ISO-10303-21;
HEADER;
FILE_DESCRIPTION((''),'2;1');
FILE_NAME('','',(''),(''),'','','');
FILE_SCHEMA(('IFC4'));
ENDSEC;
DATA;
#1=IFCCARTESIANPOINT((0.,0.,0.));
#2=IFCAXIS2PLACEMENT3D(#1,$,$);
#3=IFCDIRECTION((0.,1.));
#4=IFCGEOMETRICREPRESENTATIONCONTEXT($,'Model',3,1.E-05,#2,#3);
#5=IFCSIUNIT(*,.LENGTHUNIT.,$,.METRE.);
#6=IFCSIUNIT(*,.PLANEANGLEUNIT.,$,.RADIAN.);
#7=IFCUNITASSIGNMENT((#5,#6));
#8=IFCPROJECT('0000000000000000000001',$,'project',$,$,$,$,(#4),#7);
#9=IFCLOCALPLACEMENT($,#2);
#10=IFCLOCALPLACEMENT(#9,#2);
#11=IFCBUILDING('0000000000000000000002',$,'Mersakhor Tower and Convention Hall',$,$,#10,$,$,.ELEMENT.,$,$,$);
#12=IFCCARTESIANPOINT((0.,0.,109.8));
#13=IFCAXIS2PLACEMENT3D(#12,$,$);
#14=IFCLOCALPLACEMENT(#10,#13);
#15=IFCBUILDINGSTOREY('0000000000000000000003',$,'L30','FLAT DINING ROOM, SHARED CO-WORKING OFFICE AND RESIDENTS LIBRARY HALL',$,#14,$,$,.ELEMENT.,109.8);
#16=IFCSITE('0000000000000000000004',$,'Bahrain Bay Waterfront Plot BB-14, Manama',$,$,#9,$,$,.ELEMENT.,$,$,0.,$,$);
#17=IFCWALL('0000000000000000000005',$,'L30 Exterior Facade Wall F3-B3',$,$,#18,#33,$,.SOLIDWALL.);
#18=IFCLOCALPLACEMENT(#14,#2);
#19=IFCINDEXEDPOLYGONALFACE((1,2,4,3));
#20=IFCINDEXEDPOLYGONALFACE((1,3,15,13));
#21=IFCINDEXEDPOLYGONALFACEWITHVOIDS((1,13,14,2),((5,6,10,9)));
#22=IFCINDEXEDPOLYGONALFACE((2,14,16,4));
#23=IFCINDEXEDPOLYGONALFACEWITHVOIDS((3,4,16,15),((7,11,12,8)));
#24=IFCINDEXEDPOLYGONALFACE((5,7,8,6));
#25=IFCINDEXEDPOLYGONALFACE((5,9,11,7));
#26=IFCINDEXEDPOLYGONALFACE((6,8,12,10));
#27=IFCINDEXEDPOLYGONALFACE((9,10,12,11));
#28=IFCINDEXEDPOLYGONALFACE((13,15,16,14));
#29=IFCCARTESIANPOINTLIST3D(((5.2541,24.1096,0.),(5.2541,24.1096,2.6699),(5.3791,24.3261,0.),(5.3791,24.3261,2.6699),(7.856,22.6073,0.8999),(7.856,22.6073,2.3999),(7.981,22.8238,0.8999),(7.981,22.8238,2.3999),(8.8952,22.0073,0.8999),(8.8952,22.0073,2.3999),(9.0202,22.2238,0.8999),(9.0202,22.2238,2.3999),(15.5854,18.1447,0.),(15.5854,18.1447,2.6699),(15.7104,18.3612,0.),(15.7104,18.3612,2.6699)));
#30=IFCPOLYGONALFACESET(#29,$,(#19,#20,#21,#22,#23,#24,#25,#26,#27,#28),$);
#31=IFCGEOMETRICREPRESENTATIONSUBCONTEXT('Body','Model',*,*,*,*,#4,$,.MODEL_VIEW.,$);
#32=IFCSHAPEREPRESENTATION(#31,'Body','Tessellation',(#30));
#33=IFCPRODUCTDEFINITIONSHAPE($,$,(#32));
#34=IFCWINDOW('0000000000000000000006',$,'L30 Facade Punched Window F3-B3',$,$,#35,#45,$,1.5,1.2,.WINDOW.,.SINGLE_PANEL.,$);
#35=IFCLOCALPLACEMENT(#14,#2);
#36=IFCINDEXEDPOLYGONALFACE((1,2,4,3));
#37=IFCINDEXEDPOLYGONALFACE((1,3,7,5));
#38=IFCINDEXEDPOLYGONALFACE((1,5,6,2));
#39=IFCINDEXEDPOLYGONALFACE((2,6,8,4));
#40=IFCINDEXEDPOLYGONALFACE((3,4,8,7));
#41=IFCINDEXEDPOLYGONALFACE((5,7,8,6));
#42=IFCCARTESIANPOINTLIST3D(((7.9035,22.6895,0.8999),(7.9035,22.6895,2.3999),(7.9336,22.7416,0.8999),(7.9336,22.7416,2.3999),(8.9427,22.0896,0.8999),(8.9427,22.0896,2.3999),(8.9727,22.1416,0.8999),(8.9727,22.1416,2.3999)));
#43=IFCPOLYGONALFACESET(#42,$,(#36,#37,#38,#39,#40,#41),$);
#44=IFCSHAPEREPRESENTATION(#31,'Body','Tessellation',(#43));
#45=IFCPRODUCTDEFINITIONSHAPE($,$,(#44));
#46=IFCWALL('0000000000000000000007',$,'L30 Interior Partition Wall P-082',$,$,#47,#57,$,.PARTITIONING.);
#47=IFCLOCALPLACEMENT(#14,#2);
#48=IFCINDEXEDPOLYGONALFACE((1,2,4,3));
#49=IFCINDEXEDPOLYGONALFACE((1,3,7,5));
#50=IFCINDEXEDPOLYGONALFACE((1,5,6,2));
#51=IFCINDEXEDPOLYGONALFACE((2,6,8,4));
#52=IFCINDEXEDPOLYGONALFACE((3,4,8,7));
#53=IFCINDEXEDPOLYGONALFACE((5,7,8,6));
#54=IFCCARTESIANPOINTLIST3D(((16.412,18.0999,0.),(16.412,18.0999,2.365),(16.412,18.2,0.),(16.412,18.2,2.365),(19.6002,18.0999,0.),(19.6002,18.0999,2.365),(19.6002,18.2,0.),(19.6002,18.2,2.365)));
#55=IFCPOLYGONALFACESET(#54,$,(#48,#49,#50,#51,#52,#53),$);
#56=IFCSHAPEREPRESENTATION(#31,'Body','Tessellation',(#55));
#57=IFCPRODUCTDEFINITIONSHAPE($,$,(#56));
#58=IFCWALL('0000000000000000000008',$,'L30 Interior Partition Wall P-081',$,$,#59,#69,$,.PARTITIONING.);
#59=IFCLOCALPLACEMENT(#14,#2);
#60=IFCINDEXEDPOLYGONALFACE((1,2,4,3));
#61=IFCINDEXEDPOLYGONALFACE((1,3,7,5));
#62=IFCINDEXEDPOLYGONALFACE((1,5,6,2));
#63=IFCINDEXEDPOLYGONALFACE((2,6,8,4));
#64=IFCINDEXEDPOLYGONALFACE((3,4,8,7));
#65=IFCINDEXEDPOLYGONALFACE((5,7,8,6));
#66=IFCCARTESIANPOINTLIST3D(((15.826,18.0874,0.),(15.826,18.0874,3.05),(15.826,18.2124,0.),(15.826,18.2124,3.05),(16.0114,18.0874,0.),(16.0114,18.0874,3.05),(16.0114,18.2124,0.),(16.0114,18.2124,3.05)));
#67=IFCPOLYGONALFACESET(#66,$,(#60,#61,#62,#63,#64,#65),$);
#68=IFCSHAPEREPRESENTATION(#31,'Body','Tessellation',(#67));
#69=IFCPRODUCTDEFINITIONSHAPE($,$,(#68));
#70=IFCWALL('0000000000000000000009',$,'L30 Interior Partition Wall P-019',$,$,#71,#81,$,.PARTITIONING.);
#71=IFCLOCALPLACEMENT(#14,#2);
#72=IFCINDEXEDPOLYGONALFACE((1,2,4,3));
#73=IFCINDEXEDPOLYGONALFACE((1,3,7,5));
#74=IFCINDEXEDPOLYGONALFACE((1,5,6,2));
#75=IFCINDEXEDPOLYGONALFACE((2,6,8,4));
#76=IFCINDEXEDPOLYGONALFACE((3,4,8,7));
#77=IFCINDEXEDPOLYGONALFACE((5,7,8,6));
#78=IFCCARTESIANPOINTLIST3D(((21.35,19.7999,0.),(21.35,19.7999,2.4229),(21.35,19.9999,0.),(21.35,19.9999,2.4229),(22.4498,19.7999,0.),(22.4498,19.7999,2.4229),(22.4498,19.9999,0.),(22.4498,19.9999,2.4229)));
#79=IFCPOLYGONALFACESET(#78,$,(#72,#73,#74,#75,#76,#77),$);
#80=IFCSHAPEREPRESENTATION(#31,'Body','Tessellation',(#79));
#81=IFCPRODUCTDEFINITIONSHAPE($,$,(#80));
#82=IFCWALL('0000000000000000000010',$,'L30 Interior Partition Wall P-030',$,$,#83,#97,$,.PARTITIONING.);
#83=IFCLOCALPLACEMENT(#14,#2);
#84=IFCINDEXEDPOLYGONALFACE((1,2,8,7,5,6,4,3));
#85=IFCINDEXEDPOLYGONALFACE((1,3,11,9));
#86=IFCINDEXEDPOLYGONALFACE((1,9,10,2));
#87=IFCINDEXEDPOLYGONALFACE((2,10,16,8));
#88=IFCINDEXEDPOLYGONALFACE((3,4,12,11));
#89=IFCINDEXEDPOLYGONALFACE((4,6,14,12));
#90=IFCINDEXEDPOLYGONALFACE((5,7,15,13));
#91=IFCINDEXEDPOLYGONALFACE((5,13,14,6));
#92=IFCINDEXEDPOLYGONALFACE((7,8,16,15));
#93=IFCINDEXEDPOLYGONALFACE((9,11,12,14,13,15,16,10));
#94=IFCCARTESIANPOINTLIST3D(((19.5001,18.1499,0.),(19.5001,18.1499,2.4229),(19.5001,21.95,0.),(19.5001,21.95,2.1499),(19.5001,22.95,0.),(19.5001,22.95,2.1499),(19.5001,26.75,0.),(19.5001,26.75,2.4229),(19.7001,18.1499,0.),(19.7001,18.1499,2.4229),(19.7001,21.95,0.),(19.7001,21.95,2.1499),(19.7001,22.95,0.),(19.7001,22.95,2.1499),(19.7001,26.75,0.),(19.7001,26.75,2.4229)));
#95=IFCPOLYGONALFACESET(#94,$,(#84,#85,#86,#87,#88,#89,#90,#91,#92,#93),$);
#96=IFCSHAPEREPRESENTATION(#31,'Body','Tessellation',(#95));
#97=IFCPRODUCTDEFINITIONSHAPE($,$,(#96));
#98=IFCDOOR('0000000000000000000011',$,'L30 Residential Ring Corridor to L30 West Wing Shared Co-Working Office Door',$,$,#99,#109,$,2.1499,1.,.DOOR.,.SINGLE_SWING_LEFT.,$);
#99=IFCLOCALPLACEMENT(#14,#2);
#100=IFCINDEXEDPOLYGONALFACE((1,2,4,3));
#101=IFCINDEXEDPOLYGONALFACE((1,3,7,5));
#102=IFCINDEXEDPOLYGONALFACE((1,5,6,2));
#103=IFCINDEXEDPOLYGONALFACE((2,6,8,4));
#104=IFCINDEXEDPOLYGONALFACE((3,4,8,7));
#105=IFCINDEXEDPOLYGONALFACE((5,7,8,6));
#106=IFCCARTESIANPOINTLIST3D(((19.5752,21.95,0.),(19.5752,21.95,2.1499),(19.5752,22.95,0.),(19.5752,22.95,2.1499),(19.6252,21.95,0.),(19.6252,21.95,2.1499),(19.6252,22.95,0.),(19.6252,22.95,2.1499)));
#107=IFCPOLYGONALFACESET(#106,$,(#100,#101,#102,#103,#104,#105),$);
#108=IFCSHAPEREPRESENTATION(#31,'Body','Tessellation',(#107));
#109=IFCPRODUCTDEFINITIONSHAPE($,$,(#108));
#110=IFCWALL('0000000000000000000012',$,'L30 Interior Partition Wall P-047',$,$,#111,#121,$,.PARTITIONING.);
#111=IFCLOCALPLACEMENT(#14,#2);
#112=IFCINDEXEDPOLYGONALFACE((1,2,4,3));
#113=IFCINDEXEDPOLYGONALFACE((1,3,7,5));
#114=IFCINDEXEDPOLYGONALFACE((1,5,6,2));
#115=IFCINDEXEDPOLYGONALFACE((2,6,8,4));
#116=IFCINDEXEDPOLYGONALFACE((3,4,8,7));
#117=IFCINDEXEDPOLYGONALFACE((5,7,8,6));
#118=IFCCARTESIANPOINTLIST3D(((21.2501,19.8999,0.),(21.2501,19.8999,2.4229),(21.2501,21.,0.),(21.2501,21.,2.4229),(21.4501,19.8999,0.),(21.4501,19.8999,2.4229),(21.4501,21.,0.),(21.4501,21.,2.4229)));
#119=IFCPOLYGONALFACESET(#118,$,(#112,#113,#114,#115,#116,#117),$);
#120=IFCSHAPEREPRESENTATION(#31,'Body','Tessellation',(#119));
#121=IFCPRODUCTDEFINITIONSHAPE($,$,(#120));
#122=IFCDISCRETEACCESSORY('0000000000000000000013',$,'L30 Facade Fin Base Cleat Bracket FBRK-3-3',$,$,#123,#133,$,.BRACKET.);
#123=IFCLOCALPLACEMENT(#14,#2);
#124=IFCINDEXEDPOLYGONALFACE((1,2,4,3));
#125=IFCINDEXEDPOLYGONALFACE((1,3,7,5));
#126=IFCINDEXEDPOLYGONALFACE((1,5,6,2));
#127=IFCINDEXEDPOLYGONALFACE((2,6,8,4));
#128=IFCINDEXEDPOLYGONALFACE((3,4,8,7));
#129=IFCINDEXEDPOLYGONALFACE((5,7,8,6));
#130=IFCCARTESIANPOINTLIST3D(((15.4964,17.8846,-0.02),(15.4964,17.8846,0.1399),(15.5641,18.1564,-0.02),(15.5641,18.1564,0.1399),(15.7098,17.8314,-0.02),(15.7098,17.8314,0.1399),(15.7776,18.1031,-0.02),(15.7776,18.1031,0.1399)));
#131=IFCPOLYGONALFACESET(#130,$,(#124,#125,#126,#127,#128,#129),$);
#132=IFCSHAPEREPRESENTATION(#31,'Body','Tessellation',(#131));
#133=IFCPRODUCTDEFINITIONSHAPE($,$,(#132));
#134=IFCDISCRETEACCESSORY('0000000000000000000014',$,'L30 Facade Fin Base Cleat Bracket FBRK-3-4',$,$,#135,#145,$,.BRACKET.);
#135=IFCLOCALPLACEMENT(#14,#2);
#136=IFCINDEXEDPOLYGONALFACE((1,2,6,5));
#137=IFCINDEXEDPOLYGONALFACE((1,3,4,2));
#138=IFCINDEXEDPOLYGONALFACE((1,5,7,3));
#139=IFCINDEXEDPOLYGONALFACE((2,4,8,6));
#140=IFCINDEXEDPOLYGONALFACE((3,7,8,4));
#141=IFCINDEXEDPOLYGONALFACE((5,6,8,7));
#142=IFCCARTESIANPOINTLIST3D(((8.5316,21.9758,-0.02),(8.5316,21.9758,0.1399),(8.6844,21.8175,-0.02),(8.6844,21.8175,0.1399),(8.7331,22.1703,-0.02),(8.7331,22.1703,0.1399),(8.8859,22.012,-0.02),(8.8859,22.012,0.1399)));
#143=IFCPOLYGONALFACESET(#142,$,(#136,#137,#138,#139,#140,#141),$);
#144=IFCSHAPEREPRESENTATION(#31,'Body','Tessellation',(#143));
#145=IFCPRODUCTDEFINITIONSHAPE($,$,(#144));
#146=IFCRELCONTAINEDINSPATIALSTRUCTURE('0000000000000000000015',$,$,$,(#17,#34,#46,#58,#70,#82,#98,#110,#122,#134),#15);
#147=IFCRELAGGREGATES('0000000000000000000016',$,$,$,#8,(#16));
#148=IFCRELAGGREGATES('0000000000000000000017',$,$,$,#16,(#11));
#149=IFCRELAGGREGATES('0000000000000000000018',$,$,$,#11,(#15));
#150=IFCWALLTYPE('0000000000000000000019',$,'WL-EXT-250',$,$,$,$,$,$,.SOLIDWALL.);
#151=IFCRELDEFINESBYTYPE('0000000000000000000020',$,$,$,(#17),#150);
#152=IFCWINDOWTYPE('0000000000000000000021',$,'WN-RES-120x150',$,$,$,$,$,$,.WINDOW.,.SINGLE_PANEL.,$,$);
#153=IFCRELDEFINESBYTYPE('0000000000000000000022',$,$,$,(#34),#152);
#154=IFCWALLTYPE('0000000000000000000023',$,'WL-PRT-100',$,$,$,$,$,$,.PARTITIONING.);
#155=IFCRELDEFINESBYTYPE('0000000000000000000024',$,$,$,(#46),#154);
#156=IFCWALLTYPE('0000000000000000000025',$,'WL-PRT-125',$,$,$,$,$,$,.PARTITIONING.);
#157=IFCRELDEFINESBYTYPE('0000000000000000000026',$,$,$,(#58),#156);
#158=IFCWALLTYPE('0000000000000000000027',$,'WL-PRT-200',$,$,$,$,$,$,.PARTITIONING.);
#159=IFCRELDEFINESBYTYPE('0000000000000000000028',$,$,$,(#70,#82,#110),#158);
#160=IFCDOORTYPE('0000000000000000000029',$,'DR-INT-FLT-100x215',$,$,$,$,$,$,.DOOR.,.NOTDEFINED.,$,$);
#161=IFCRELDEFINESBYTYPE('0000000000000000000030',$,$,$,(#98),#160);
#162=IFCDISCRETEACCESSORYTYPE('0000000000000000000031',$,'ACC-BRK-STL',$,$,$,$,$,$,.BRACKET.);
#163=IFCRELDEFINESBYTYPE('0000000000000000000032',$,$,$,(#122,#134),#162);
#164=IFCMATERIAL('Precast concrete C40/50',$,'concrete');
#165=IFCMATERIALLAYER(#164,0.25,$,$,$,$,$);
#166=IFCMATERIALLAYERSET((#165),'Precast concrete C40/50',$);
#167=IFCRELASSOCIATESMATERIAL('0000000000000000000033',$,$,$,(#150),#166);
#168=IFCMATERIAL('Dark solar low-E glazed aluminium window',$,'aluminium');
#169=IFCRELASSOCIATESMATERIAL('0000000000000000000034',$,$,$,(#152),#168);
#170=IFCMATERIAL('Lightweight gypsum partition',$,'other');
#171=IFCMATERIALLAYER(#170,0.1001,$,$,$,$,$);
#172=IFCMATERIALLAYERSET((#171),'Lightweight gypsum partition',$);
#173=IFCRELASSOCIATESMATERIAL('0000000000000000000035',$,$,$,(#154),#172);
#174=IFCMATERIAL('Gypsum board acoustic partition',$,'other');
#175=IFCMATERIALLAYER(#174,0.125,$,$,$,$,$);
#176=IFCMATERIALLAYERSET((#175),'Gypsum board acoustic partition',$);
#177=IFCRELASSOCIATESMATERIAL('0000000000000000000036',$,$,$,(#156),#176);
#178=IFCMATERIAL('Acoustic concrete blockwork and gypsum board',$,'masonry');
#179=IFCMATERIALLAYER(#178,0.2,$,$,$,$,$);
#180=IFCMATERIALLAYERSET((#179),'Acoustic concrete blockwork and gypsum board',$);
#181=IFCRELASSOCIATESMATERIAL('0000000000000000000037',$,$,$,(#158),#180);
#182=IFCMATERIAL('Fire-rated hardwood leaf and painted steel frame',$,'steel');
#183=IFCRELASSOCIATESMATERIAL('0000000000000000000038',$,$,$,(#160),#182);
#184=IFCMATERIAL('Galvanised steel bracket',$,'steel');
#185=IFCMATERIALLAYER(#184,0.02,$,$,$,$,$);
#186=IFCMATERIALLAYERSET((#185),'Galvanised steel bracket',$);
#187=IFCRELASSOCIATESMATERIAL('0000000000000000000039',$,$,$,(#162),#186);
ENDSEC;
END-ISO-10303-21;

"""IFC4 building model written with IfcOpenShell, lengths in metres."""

from ifc_helpers import new_model, si_unit, direction, frame, frame_2d, origin, origin_2d, place, context, subcontext, project, spatial, rectangle, extrude, material, layer, layer_set, type_object, element, fill, save


model = new_model("IFC4")

# Units and contexts
model_context = context("Model", 3, precision=1e-05, world=origin(), true_north=direction((0.0, 1.0)))
body_context = subcontext(model_context, "Body", "Model", "MODEL_VIEW")
ifc_project = project(units=[si_unit("LENGTHUNIT", "METRE"), si_unit("PLANEANGLEUNIT", "RADIAN")], contexts=[model_context])

# Site, building, storey
site_placement = place(None, origin())
site = spatial("IfcSite", under=ifc_project, at=site_placement, Name="Bahrain Bay Waterfront Plot BB-14, Manama", CompositionType="ELEMENT", RefElevation=0.0)
building_placement = place(site_placement, origin())
building = spatial("IfcBuilding", under=site, at=building_placement, Name="Mersakhor Tower and Convention Hall", CompositionType="ELEMENT")
storey_placement = place(building_placement, frame((0.0, 0.0, 109.8)))
storey = spatial("IfcBuildingStorey", under=building, at=storey_placement, Name="L30", Description="FLAT DINING ROOM, SHARED CO-WORKING OFFICE AND RESIDENTS LIBRARY HALL", CompositionType="ELEMENT", Elevation=109.8)

# Shared definitions
ifc_material_1 = material(Name="Precast concrete C40/50", Category="concrete")
ifc_layer_1 = layer(ifc_material_1, 0.25)
ifc_layer_set_1 = layer_set([ifc_layer_1], Name="Precast concrete C40/50")
wall_type_1 = type_object("IfcWallType", Name="WL-EXT-250", PredefinedType="SOLIDWALL", material=ifc_layer_set_1)

# Wall, opening, window
wall_1_placement = place(storey_placement, frame((15.6479, 18.2529, 0.0), z_axis=(0.0, 0.0, 1.0), x_axis=(-0.866023, 0.500004, 0.0)))
wall_1 = element("IfcWall", 1, at=wall_1_placement, inside=storey, type_object=wall_type_1, Name="L30 Exterior Facade Wall F3-B3", PredefinedType="SOLIDWALL", context=body_context, shape_type="SweptSolid", body=[
    extrude(rectangle(XDim=11.9297, YDim=0.25, at=frame_2d((5.9648, 0.0))), origin(), (0.0, 0.0, 1.0), 2.6699),
])
opening_1_placement = place(wall_1_placement, frame((7.7251, 0.0, 0.8999)))
opening_1 = element("IfcOpeningElement", 2, at=opening_1_placement, cuts=wall_1, PredefinedType="OPENING", context=body_context, shape_type="SweptSolid", body=[
    extrude(rectangle(XDim=1.2, YDim=1.5, at=frame_2d((0.6001, 0.75))), frame((0.0, 0.135, 0.0), z_axis=(0.0, -1.0, 0.0), x_axis=(1.0, 0.0, 0.0)), (0.0, 0.0, 1.0), 0.27),
])
ifc_material_2 = material(Name="Dark solar low-E glazed aluminium window", Category="aluminium")
window_type = type_object("IfcWindowType", Name="WN-RES-120x150", PartitioningType="SINGLE_PANEL", PredefinedType="WINDOW", material=ifc_material_2)
window_placement = place(opening_1_placement, origin())
window = element("IfcWindow", 3, at=window_placement, inside=storey, type_object=window_type, Name="L30 Facade Punched Window F3-B3", OverallHeight=1.5, OverallWidth=1.2, PartitioningType="SINGLE_PANEL", PredefinedType="WINDOW", context=body_context, shape_type="SweptSolid", body=[
    extrude(rectangle(XDim=1.2, YDim=1.5, at=frame_2d((0.6001, 0.75))), frame((0.0, 0.03, 0.0), z_axis=(0.0, -1.0, 0.0), x_axis=(1.0, 0.0, 0.0)), (0.0, 0.0, 1.0), 0.0601),
])
fill(opening_1, window)

# Walls
ifc_material_3 = material(Name="Lightweight gypsum partition", Category="other")
ifc_layer_2 = layer(ifc_material_3, 0.1001)
ifc_layer_set_2 = layer_set([ifc_layer_2], Name="Lightweight gypsum partition")
wall_type_2 = type_object("IfcWallType", Name="WL-PRT-100", PredefinedType="PARTITIONING", material=ifc_layer_set_2)
wall_2_placement = place(storey_placement, frame((16.4119, 18.1499, 0.0), z_axis=(0.0, 0.0, 1.0), x_axis=(1.0, 0.0, 0.0)))
element("IfcWall", 4, at=wall_2_placement, inside=storey, type_object=wall_type_2, Name="L30 Interior Partition Wall P-082", PredefinedType="PARTITIONING", context=body_context, shape_type="SweptSolid", body=[
    extrude(rectangle(XDim=3.1882, YDim=0.1001, at=frame_2d((1.5942, 0.0))), origin(), (0.0, 0.0, 1.0), 2.365),
])
ifc_material_4 = material(Name="Gypsum board acoustic partition", Category="other")
ifc_layer_3 = layer(ifc_material_4, 0.125)
ifc_layer_set_3 = layer_set([ifc_layer_3], Name="Gypsum board acoustic partition")
wall_type_3 = type_object("IfcWallType", Name="WL-PRT-125", PredefinedType="PARTITIONING", material=ifc_layer_set_3)
wall_3_placement = place(storey_placement, frame((15.8259, 18.1499, 0.0), z_axis=(0.0, 0.0, 1.0), x_axis=(1.0, 0.0, 0.0)))
element("IfcWall", 5, at=wall_3_placement, inside=storey, type_object=wall_type_3, Name="L30 Interior Partition Wall P-081", PredefinedType="PARTITIONING", context=body_context, shape_type="SweptSolid", body=[
    extrude(rectangle(XDim=0.1853, YDim=0.125, at=frame_2d((0.0928, 0.0))), origin(), (0.0, 0.0, 1.0), 3.05),
])
ifc_material_5 = material(Name="Acoustic concrete blockwork and gypsum board", Category="masonry")
ifc_layer_4 = layer(ifc_material_5, 0.2)
ifc_layer_set_4 = layer_set([ifc_layer_4], Name="Acoustic concrete blockwork and gypsum board")
wall_type_4 = type_object("IfcWallType", Name="WL-PRT-200", PredefinedType="PARTITIONING", material=ifc_layer_set_4)
wall_4_placement = place(storey_placement, frame((21.3501, 19.8999, 0.0), z_axis=(0.0, 0.0, 1.0), x_axis=(1.0, 0.0, 0.0)))
element("IfcWall", 6, at=wall_4_placement, inside=storey, type_object=wall_type_4, Name="L30 Interior Partition Wall P-019", PredefinedType="PARTITIONING", context=body_context, shape_type="SweptSolid", body=[
    extrude(rectangle(XDim=1.0999, YDim=0.2, at=frame_2d((0.5498, 0.0))), origin(), (0.0, 0.0, 1.0), 2.4229),
])

# Wall, opening, door
wall_5_placement = place(storey_placement, frame((19.6001, 18.1499, 0.0), z_axis=(0.0, 0.0, 1.0), x_axis=(0.0, 1.0, 0.0)))
wall_5 = element("IfcWall", 7, at=wall_5_placement, inside=storey, type_object=wall_type_4, Name="L30 Interior Partition Wall P-030", PredefinedType="PARTITIONING", context=body_context, shape_type="SweptSolid", body=[
    extrude(rectangle(XDim=8.6001, YDim=0.2, at=frame_2d((4.3, 0.0))), origin(), (0.0, 0.0, 1.0), 2.4229),
])
opening_2_placement = place(wall_5_placement, frame((3.8, 0.0, 0.0)))
opening_2 = element("IfcOpeningElement", 8, at=opening_2_placement, cuts=wall_5, PredefinedType="OPENING", context=body_context, shape_type="SweptSolid", body=[
    extrude(rectangle(XDim=1.0, YDim=2.1499, at=frame_2d((0.5, 1.075))), frame((0.0, 0.1099, 0.0), z_axis=(0.0, -1.0, 0.0), x_axis=(1.0, 0.0, 0.0)), (0.0, 0.0, 1.0), 0.22),
])
ifc_material_6 = material(Name="Fire-rated hardwood leaf and painted steel frame", Category="steel")
door_type = type_object("IfcDoorType", Name="DR-INT-FLT-100x215", OperationType="NOTDEFINED", PredefinedType="DOOR", material=ifc_material_6)
door_placement = place(opening_2_placement, origin())
door = element("IfcDoor", 9, at=door_placement, inside=storey, type_object=door_type, Name="L30 Residential Ring Corridor to L30 West Wing Shared Co-Working Office Door", OperationType="SINGLE_SWING_LEFT", OverallHeight=2.1499, OverallWidth=1.0, PredefinedType="DOOR", context=body_context, shape_type="SweptSolid", body=[
    extrude(rectangle(XDim=1.0, YDim=2.1499, at=frame_2d((0.5, 1.075))), frame((0.0, 0.0249, 0.0), z_axis=(0.0, -1.0, 0.0), x_axis=(1.0, 0.0, 0.0)), (0.0, 0.0, 1.0), 0.05),
])
fill(opening_2, door)

# Wall
wall_6_placement = place(storey_placement, frame((21.3501, 21.0, 0.0), z_axis=(0.0, 0.0, 1.0), x_axis=(0.0, -1.0, 0.0)))
element("IfcWall", 10, at=wall_6_placement, inside=storey, type_object=wall_type_4, Name="L30 Interior Partition Wall P-047", PredefinedType="PARTITIONING", context=body_context, shape_type="SweptSolid", body=[
    extrude(rectangle(XDim=1.1001, YDim=0.2, at=frame_2d((0.55, 0.0))), origin(), (0.0, 0.0, 1.0), 2.4229),
])

# Discrete accessories
ifc_material_7 = material(Name="Galvanised steel bracket", Category="steel")
ifc_layer_5 = layer(ifc_material_7, 0.02)
ifc_layer_set_5 = layer_set([ifc_layer_5], Name="Galvanised steel bracket")
discrete_accessory_type = type_object("IfcDiscreteAccessoryType", Name="ACC-BRK-STL", PredefinedType="BRACKET", material=ifc_layer_set_5)
for number, where, z_axis, x_axis, name in (
    (11, (15.637, 17.9939, -0.02), (0.0, 0.0, 1.0), (-0.241922, -0.970296, 0.0), "L30 Facade Fin Base Cleat Bracket FBRK-3-3"),
    (12, (8.7087, 21.9939, -0.02), (0.0, 0.0, 1.0), (-0.71934, -0.694658, 0.0), "L30 Facade Fin Base Cleat Bracket FBRK-3-4"),
):
    element("IfcDiscreteAccessory", number, at=place(storey_placement, frame(where, z_axis=z_axis, x_axis=x_axis)), inside=storey, type_object=discrete_accessory_type, Name=name, PredefinedType="BRACKET", context=body_context, shape_type="SweptSolid", body=[
        extrude(rectangle(XDim=0.28, YDim=0.22, at=origin_2d()), origin(), (0.0, 0.0, 1.0), 0.1599),
    ])

save(model, "model.ifc")
